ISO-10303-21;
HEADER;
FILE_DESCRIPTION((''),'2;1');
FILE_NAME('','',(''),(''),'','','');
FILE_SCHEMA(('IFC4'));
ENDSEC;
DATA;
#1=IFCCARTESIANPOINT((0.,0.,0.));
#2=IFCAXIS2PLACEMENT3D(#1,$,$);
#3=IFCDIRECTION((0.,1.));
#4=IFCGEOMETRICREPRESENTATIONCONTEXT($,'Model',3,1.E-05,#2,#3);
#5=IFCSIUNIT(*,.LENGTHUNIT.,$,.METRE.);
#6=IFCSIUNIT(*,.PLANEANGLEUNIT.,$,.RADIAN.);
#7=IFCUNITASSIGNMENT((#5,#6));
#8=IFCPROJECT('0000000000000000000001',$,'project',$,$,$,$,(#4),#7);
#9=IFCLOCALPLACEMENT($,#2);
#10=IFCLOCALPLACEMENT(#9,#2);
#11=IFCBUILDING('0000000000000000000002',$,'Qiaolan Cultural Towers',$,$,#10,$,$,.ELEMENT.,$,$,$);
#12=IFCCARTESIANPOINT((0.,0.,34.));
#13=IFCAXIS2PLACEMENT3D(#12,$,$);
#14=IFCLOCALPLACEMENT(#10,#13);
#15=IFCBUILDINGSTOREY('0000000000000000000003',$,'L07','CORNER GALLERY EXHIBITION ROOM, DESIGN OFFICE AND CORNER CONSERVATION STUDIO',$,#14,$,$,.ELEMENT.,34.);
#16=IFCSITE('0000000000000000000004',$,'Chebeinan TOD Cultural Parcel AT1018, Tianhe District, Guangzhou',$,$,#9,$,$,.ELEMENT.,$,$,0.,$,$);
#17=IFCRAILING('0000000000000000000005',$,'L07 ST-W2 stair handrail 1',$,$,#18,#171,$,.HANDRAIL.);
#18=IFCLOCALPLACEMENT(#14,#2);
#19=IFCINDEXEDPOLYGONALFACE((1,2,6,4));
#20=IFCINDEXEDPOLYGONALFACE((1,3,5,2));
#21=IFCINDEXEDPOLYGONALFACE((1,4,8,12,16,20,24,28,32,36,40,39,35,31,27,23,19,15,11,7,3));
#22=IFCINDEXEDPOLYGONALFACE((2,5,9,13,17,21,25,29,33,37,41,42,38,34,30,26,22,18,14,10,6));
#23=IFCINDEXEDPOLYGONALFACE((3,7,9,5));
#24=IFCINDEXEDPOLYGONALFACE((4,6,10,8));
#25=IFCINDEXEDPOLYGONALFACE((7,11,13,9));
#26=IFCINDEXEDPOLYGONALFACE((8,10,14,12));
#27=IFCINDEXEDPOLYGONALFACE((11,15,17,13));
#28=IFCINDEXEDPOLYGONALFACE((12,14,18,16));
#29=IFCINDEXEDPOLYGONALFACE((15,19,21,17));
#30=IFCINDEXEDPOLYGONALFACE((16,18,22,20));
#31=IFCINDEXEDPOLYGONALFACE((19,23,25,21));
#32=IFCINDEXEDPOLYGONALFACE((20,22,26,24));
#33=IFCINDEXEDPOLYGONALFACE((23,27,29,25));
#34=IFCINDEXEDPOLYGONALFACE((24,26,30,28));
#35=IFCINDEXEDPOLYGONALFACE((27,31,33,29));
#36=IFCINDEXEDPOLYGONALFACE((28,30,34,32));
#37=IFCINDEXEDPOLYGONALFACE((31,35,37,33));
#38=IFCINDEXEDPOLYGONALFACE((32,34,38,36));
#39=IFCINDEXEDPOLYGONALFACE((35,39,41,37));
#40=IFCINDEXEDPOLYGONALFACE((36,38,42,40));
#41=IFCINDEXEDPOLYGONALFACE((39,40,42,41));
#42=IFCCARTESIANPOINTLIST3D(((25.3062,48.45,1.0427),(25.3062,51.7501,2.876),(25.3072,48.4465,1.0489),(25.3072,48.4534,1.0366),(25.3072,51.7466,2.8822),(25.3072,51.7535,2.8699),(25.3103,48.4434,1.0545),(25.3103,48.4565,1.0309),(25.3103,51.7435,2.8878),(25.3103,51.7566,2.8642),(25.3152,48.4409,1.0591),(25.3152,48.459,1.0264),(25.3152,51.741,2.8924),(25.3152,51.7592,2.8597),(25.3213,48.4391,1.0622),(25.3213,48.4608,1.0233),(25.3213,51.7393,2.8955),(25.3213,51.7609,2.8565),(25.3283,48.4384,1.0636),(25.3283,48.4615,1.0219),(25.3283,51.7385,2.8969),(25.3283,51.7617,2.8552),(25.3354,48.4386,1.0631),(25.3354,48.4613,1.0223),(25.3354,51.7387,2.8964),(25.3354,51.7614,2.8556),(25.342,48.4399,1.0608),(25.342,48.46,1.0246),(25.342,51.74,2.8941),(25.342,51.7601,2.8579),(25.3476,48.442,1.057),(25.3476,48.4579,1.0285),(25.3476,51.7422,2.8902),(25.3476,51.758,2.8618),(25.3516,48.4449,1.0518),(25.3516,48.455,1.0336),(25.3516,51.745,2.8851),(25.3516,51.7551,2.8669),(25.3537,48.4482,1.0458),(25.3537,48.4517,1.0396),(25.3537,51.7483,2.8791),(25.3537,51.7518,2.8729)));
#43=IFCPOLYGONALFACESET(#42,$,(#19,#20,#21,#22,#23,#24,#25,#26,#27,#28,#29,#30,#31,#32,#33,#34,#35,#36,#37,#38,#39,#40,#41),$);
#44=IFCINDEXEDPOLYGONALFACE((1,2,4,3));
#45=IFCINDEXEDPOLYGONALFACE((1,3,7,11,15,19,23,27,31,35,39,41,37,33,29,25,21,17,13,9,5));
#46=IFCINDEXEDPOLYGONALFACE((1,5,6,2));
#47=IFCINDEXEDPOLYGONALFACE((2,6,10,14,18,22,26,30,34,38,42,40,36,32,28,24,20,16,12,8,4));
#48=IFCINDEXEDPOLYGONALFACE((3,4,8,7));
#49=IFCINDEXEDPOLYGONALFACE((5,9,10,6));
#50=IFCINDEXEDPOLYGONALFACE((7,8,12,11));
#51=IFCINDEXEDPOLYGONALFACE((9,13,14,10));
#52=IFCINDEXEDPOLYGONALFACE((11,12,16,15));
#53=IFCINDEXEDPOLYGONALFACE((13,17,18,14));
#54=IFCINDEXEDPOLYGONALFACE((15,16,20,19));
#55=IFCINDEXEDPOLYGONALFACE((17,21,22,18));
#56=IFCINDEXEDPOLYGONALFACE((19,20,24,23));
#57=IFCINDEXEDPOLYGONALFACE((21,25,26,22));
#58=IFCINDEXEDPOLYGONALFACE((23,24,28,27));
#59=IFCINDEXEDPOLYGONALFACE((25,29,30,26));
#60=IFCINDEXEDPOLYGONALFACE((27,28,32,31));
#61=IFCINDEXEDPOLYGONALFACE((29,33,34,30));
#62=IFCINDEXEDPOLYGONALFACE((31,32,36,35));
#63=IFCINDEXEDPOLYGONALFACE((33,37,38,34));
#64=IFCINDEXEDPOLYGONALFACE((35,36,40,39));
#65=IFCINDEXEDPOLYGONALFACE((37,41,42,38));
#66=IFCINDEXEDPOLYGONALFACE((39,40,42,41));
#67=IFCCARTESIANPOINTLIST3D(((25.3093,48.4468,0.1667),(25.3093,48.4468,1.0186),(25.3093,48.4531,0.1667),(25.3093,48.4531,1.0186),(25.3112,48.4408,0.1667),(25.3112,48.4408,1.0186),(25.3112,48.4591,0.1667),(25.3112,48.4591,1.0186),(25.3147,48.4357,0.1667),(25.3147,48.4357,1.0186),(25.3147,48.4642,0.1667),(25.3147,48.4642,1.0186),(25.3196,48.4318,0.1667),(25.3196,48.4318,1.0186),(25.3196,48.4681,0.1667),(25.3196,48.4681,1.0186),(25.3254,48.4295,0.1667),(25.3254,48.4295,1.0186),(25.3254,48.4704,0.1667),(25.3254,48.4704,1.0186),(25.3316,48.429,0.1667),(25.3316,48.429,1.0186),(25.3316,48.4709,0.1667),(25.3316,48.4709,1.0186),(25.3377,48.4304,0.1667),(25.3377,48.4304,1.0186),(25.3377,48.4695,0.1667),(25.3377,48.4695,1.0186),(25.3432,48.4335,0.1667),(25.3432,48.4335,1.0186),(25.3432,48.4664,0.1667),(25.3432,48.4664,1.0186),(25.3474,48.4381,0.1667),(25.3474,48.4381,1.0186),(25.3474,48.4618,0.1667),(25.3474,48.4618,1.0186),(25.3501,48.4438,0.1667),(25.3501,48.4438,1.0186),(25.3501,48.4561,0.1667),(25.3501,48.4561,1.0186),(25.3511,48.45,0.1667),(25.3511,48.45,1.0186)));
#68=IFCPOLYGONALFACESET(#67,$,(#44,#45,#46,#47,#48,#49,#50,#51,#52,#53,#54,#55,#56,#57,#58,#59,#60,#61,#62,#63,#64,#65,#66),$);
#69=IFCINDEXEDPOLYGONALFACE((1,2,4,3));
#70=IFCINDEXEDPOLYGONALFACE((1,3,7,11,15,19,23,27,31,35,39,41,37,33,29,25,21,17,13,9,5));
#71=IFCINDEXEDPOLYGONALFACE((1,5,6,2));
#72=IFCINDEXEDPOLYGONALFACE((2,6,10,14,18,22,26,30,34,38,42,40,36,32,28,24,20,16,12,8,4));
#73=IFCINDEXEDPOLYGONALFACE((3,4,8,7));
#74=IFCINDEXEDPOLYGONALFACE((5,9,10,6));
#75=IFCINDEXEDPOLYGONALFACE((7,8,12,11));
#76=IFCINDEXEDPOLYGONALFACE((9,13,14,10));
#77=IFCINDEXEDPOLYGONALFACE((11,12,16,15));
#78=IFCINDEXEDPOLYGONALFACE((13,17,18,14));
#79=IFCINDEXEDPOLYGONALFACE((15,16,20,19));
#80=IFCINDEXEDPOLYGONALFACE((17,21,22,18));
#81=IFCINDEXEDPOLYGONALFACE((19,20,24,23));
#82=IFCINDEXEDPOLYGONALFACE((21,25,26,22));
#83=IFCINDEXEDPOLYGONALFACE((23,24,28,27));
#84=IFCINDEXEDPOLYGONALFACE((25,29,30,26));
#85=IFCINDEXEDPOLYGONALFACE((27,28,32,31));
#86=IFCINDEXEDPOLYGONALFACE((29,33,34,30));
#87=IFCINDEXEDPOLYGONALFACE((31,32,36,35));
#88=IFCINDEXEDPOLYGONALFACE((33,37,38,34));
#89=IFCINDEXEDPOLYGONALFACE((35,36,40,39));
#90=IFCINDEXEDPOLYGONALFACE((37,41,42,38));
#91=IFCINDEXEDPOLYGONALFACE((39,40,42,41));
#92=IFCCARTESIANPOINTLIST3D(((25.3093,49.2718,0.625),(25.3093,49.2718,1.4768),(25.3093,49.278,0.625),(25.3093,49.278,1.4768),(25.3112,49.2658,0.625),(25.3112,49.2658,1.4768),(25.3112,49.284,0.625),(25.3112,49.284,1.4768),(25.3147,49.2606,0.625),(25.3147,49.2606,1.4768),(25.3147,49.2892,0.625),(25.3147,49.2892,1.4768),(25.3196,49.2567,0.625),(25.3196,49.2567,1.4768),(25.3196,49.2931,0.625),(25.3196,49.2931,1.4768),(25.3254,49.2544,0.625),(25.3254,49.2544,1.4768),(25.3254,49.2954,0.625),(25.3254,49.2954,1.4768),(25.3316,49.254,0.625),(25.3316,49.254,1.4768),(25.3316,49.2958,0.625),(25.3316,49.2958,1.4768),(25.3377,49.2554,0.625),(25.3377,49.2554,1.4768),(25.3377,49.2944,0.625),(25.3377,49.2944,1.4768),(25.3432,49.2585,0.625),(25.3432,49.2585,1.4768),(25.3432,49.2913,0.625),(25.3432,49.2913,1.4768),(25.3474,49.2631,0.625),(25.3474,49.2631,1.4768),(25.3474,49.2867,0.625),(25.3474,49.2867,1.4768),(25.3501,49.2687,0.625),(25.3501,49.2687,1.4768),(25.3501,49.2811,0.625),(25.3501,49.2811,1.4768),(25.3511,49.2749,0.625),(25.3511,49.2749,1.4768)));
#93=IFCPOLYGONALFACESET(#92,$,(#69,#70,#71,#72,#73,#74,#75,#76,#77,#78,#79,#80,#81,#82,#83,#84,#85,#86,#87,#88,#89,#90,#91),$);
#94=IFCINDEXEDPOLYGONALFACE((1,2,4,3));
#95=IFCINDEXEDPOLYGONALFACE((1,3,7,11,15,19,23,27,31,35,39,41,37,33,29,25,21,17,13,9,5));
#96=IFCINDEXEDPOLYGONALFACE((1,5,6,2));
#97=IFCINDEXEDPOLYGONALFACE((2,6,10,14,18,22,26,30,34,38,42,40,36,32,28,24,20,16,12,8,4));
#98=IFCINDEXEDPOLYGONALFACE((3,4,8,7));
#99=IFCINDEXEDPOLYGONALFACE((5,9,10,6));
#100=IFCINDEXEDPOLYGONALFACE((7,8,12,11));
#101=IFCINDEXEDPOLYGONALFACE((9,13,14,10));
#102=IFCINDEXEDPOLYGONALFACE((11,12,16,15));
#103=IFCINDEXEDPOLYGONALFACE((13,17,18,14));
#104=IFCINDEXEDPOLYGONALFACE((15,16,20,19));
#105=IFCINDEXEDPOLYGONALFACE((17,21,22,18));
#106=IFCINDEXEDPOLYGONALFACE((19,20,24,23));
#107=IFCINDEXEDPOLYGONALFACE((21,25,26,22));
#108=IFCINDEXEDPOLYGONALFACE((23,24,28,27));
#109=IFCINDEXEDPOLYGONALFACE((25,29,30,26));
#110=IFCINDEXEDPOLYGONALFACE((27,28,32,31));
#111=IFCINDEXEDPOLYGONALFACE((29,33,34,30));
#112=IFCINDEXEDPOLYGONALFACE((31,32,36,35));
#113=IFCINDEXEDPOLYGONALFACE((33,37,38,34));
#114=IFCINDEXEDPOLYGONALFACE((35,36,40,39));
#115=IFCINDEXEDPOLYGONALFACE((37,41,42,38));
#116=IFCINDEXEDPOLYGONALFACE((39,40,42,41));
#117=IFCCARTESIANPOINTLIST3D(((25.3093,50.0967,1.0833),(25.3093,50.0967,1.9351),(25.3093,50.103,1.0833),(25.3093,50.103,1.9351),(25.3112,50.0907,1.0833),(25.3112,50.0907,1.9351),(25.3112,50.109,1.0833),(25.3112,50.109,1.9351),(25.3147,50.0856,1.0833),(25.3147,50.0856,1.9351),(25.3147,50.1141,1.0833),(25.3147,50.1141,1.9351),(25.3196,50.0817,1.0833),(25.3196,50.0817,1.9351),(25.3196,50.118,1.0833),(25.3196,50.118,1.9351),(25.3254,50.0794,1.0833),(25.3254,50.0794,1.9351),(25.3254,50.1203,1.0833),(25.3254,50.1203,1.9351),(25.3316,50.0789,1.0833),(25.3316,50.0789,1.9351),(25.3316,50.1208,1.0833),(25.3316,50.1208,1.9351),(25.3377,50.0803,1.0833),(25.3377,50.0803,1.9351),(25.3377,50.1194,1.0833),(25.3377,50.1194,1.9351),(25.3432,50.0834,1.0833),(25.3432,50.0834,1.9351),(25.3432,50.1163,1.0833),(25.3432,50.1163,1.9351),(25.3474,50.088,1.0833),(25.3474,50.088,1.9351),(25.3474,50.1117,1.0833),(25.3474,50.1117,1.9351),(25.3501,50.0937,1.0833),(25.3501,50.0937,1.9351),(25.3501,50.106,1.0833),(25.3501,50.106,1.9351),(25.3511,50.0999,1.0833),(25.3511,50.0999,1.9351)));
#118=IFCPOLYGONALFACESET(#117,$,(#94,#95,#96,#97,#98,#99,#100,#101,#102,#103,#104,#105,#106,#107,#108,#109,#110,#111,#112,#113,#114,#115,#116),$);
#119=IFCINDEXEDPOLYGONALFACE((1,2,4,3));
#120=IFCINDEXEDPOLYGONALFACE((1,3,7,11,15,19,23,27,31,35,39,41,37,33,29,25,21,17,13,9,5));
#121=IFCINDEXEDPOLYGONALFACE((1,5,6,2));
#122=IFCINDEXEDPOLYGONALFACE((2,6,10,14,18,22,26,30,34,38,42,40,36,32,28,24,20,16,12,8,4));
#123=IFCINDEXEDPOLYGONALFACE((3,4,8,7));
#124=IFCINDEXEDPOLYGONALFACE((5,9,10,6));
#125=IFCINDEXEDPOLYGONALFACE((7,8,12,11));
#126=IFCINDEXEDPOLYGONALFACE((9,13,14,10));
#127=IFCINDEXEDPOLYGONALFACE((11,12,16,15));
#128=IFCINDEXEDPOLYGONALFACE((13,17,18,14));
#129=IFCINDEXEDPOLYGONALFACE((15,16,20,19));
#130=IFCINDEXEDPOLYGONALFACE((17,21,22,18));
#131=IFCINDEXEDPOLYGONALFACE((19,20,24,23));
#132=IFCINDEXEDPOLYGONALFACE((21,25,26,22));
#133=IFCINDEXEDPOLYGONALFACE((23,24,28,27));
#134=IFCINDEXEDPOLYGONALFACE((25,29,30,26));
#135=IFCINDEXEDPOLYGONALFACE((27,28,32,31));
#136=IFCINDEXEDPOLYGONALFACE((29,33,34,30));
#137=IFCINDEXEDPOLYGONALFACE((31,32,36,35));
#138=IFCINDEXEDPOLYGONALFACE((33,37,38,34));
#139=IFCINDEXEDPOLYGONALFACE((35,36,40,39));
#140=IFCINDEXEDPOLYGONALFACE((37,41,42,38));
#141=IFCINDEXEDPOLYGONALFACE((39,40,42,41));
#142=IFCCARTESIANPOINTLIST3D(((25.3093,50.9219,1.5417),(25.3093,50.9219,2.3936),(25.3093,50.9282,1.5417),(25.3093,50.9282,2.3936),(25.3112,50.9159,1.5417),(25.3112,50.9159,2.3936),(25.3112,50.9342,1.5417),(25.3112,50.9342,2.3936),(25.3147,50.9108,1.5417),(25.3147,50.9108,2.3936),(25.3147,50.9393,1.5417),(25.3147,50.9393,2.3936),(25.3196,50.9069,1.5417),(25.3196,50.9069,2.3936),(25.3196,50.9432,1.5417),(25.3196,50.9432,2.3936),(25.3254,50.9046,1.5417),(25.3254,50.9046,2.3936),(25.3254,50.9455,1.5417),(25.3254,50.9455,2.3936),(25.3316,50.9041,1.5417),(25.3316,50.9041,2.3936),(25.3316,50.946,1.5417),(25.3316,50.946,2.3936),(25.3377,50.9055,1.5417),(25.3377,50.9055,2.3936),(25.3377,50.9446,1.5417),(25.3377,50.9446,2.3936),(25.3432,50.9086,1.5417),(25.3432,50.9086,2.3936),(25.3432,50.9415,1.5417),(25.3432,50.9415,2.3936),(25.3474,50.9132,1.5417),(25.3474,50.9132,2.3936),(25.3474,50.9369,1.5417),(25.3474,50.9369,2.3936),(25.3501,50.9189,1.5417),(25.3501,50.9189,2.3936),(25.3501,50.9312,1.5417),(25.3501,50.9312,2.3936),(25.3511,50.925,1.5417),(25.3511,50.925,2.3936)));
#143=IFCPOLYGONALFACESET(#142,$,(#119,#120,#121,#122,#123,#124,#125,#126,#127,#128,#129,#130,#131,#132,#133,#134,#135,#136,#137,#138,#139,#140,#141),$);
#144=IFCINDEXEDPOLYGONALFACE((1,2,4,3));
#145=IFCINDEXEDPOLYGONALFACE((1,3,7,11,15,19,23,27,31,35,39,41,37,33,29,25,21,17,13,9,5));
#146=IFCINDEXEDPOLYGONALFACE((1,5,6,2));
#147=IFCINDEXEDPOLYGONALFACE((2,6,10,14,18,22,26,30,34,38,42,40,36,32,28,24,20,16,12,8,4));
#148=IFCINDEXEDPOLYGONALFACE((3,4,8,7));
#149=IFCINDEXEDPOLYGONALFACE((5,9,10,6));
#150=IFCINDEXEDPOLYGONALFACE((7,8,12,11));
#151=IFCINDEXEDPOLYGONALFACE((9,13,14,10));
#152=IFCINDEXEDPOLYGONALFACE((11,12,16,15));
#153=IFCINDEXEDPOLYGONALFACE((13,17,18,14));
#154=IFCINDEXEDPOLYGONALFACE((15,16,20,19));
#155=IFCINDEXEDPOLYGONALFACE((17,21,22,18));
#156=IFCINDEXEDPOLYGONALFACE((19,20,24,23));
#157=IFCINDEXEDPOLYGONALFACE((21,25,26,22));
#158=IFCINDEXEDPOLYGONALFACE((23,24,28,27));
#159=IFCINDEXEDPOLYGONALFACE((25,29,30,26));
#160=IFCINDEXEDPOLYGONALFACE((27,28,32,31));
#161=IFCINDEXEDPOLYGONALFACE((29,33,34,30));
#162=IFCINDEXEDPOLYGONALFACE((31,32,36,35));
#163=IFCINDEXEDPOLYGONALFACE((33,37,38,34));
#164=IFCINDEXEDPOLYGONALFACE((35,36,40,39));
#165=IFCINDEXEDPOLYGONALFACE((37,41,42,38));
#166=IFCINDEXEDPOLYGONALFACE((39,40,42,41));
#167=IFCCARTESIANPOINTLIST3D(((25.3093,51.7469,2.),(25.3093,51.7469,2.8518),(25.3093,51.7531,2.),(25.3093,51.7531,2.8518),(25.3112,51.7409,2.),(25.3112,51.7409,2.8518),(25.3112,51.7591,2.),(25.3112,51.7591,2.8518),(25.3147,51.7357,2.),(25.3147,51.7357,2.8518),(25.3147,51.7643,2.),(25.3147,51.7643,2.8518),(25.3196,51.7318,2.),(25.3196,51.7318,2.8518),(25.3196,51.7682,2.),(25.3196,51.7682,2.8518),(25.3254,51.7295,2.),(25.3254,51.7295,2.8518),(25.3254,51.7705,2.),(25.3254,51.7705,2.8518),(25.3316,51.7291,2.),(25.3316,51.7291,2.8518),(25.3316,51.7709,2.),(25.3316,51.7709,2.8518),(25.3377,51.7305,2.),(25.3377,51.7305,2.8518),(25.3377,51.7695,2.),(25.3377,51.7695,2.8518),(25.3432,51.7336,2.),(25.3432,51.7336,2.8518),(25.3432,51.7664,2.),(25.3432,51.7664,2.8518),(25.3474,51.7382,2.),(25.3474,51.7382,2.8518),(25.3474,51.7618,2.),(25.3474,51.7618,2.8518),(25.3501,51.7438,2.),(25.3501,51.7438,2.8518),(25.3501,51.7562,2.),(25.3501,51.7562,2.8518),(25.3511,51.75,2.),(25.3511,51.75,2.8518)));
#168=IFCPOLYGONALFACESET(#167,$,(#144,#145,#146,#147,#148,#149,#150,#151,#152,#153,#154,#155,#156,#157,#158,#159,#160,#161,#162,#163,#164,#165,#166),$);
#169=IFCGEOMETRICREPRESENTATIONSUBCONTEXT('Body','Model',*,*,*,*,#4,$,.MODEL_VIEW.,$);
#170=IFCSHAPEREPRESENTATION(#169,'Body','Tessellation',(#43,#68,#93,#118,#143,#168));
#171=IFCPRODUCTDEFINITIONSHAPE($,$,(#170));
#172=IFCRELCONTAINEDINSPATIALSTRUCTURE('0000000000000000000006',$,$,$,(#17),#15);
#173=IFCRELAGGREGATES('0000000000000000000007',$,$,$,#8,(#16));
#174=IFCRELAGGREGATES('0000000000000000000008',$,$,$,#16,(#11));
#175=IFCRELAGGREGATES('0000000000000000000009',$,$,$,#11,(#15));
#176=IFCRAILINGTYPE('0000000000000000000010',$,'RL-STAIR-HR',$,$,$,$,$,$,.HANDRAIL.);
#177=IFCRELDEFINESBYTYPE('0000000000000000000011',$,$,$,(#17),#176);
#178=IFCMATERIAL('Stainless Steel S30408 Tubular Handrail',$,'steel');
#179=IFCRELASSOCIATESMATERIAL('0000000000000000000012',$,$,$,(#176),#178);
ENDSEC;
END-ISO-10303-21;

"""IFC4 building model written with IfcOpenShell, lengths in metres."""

from ifc_helpers import new_model, si_unit, direction, frame, origin, origin_2d, place, context, subcontext, project, spatial, circle, extrude, material, type_object, element, save


model = new_model("IFC4")

# Units and contexts
model_context = context("Model", 3, precision=1e-05, world=origin(), true_north=direction((0.0, 1.0)))
body_context = subcontext(model_context, "Body", "Model", "MODEL_VIEW")
ifc_project = project(units=[si_unit("LENGTHUNIT", "METRE"), si_unit("PLANEANGLEUNIT", "RADIAN")], contexts=[model_context])

# Site, building, storey
site_placement = place(None, origin())
site = spatial("IfcSite", under=ifc_project, at=site_placement, Name="Chebeinan TOD Cultural Parcel AT1018, Tianhe District, Guangzhou", CompositionType="ELEMENT", RefElevation=0.0)
building_placement = place(site_placement, origin())
building = spatial("IfcBuilding", under=site, at=building_placement, Name="Qiaolan Cultural Towers", CompositionType="ELEMENT")
storey_placement = place(building_placement, frame((0.0, 0.0, 34.0)))
storey = spatial("IfcBuildingStorey", under=building, at=storey_placement, Name="L07", Description="CORNER GALLERY EXHIBITION ROOM, DESIGN OFFICE AND CORNER CONSERVATION STUDIO", CompositionType="ELEMENT", Elevation=34.0)

# Railing
ifc_material_1 = material(Name="Stainless Steel S30408 Tubular Handrail", Category="steel")
railing_type_1 = type_object("IfcRailingType", Name="RL-STAIR-HR", PredefinedType="HANDRAIL", material=ifc_material_1)
railing_1_placement = place(storey_placement, frame((25.3301, 48.45, 0.1667)))
element("IfcRailing", 1, at=railing_1_placement, inside=storey, type_object=railing_type_1, Name="L07 ST-W2 stair handrail 1", PredefinedType="HANDRAIL", context=body_context, shape_type="SweptSolid", body=[
    extrude(circle(Radius=0.0239, at=origin_2d()), frame((0.0, 0.0, 0.876), z_axis=(0.0, 0.874169, 0.485621), x_axis=(-1.0, 0.0, 0.0)), (0.0, 0.0, 1.0), 3.7751),
    extrude(circle(Radius=0.021, at=origin_2d()), origin(), (0.0, 0.0, 1.0), 0.8518),
    extrude(circle(Radius=0.021, at=origin_2d()), frame((0.0, 0.825, 0.4583)), (0.0, 0.0, 1.0), 0.8518),
    extrude(circle(Radius=0.021, at=origin_2d()), frame((0.0, 1.6499, 0.9165)), (0.0, 0.0, 1.0), 0.8518),
    extrude(circle(Radius=0.021, at=origin_2d()), frame((0.0, 2.4751, 1.375)), (0.0, 0.0, 1.0), 0.8518),
    extrude(circle(Radius=0.021, at=origin_2d()), frame((0.0, 3.3, 1.8333)), (0.0, 0.0, 1.0), 0.8518),
])

save(model, "model.ifc")
